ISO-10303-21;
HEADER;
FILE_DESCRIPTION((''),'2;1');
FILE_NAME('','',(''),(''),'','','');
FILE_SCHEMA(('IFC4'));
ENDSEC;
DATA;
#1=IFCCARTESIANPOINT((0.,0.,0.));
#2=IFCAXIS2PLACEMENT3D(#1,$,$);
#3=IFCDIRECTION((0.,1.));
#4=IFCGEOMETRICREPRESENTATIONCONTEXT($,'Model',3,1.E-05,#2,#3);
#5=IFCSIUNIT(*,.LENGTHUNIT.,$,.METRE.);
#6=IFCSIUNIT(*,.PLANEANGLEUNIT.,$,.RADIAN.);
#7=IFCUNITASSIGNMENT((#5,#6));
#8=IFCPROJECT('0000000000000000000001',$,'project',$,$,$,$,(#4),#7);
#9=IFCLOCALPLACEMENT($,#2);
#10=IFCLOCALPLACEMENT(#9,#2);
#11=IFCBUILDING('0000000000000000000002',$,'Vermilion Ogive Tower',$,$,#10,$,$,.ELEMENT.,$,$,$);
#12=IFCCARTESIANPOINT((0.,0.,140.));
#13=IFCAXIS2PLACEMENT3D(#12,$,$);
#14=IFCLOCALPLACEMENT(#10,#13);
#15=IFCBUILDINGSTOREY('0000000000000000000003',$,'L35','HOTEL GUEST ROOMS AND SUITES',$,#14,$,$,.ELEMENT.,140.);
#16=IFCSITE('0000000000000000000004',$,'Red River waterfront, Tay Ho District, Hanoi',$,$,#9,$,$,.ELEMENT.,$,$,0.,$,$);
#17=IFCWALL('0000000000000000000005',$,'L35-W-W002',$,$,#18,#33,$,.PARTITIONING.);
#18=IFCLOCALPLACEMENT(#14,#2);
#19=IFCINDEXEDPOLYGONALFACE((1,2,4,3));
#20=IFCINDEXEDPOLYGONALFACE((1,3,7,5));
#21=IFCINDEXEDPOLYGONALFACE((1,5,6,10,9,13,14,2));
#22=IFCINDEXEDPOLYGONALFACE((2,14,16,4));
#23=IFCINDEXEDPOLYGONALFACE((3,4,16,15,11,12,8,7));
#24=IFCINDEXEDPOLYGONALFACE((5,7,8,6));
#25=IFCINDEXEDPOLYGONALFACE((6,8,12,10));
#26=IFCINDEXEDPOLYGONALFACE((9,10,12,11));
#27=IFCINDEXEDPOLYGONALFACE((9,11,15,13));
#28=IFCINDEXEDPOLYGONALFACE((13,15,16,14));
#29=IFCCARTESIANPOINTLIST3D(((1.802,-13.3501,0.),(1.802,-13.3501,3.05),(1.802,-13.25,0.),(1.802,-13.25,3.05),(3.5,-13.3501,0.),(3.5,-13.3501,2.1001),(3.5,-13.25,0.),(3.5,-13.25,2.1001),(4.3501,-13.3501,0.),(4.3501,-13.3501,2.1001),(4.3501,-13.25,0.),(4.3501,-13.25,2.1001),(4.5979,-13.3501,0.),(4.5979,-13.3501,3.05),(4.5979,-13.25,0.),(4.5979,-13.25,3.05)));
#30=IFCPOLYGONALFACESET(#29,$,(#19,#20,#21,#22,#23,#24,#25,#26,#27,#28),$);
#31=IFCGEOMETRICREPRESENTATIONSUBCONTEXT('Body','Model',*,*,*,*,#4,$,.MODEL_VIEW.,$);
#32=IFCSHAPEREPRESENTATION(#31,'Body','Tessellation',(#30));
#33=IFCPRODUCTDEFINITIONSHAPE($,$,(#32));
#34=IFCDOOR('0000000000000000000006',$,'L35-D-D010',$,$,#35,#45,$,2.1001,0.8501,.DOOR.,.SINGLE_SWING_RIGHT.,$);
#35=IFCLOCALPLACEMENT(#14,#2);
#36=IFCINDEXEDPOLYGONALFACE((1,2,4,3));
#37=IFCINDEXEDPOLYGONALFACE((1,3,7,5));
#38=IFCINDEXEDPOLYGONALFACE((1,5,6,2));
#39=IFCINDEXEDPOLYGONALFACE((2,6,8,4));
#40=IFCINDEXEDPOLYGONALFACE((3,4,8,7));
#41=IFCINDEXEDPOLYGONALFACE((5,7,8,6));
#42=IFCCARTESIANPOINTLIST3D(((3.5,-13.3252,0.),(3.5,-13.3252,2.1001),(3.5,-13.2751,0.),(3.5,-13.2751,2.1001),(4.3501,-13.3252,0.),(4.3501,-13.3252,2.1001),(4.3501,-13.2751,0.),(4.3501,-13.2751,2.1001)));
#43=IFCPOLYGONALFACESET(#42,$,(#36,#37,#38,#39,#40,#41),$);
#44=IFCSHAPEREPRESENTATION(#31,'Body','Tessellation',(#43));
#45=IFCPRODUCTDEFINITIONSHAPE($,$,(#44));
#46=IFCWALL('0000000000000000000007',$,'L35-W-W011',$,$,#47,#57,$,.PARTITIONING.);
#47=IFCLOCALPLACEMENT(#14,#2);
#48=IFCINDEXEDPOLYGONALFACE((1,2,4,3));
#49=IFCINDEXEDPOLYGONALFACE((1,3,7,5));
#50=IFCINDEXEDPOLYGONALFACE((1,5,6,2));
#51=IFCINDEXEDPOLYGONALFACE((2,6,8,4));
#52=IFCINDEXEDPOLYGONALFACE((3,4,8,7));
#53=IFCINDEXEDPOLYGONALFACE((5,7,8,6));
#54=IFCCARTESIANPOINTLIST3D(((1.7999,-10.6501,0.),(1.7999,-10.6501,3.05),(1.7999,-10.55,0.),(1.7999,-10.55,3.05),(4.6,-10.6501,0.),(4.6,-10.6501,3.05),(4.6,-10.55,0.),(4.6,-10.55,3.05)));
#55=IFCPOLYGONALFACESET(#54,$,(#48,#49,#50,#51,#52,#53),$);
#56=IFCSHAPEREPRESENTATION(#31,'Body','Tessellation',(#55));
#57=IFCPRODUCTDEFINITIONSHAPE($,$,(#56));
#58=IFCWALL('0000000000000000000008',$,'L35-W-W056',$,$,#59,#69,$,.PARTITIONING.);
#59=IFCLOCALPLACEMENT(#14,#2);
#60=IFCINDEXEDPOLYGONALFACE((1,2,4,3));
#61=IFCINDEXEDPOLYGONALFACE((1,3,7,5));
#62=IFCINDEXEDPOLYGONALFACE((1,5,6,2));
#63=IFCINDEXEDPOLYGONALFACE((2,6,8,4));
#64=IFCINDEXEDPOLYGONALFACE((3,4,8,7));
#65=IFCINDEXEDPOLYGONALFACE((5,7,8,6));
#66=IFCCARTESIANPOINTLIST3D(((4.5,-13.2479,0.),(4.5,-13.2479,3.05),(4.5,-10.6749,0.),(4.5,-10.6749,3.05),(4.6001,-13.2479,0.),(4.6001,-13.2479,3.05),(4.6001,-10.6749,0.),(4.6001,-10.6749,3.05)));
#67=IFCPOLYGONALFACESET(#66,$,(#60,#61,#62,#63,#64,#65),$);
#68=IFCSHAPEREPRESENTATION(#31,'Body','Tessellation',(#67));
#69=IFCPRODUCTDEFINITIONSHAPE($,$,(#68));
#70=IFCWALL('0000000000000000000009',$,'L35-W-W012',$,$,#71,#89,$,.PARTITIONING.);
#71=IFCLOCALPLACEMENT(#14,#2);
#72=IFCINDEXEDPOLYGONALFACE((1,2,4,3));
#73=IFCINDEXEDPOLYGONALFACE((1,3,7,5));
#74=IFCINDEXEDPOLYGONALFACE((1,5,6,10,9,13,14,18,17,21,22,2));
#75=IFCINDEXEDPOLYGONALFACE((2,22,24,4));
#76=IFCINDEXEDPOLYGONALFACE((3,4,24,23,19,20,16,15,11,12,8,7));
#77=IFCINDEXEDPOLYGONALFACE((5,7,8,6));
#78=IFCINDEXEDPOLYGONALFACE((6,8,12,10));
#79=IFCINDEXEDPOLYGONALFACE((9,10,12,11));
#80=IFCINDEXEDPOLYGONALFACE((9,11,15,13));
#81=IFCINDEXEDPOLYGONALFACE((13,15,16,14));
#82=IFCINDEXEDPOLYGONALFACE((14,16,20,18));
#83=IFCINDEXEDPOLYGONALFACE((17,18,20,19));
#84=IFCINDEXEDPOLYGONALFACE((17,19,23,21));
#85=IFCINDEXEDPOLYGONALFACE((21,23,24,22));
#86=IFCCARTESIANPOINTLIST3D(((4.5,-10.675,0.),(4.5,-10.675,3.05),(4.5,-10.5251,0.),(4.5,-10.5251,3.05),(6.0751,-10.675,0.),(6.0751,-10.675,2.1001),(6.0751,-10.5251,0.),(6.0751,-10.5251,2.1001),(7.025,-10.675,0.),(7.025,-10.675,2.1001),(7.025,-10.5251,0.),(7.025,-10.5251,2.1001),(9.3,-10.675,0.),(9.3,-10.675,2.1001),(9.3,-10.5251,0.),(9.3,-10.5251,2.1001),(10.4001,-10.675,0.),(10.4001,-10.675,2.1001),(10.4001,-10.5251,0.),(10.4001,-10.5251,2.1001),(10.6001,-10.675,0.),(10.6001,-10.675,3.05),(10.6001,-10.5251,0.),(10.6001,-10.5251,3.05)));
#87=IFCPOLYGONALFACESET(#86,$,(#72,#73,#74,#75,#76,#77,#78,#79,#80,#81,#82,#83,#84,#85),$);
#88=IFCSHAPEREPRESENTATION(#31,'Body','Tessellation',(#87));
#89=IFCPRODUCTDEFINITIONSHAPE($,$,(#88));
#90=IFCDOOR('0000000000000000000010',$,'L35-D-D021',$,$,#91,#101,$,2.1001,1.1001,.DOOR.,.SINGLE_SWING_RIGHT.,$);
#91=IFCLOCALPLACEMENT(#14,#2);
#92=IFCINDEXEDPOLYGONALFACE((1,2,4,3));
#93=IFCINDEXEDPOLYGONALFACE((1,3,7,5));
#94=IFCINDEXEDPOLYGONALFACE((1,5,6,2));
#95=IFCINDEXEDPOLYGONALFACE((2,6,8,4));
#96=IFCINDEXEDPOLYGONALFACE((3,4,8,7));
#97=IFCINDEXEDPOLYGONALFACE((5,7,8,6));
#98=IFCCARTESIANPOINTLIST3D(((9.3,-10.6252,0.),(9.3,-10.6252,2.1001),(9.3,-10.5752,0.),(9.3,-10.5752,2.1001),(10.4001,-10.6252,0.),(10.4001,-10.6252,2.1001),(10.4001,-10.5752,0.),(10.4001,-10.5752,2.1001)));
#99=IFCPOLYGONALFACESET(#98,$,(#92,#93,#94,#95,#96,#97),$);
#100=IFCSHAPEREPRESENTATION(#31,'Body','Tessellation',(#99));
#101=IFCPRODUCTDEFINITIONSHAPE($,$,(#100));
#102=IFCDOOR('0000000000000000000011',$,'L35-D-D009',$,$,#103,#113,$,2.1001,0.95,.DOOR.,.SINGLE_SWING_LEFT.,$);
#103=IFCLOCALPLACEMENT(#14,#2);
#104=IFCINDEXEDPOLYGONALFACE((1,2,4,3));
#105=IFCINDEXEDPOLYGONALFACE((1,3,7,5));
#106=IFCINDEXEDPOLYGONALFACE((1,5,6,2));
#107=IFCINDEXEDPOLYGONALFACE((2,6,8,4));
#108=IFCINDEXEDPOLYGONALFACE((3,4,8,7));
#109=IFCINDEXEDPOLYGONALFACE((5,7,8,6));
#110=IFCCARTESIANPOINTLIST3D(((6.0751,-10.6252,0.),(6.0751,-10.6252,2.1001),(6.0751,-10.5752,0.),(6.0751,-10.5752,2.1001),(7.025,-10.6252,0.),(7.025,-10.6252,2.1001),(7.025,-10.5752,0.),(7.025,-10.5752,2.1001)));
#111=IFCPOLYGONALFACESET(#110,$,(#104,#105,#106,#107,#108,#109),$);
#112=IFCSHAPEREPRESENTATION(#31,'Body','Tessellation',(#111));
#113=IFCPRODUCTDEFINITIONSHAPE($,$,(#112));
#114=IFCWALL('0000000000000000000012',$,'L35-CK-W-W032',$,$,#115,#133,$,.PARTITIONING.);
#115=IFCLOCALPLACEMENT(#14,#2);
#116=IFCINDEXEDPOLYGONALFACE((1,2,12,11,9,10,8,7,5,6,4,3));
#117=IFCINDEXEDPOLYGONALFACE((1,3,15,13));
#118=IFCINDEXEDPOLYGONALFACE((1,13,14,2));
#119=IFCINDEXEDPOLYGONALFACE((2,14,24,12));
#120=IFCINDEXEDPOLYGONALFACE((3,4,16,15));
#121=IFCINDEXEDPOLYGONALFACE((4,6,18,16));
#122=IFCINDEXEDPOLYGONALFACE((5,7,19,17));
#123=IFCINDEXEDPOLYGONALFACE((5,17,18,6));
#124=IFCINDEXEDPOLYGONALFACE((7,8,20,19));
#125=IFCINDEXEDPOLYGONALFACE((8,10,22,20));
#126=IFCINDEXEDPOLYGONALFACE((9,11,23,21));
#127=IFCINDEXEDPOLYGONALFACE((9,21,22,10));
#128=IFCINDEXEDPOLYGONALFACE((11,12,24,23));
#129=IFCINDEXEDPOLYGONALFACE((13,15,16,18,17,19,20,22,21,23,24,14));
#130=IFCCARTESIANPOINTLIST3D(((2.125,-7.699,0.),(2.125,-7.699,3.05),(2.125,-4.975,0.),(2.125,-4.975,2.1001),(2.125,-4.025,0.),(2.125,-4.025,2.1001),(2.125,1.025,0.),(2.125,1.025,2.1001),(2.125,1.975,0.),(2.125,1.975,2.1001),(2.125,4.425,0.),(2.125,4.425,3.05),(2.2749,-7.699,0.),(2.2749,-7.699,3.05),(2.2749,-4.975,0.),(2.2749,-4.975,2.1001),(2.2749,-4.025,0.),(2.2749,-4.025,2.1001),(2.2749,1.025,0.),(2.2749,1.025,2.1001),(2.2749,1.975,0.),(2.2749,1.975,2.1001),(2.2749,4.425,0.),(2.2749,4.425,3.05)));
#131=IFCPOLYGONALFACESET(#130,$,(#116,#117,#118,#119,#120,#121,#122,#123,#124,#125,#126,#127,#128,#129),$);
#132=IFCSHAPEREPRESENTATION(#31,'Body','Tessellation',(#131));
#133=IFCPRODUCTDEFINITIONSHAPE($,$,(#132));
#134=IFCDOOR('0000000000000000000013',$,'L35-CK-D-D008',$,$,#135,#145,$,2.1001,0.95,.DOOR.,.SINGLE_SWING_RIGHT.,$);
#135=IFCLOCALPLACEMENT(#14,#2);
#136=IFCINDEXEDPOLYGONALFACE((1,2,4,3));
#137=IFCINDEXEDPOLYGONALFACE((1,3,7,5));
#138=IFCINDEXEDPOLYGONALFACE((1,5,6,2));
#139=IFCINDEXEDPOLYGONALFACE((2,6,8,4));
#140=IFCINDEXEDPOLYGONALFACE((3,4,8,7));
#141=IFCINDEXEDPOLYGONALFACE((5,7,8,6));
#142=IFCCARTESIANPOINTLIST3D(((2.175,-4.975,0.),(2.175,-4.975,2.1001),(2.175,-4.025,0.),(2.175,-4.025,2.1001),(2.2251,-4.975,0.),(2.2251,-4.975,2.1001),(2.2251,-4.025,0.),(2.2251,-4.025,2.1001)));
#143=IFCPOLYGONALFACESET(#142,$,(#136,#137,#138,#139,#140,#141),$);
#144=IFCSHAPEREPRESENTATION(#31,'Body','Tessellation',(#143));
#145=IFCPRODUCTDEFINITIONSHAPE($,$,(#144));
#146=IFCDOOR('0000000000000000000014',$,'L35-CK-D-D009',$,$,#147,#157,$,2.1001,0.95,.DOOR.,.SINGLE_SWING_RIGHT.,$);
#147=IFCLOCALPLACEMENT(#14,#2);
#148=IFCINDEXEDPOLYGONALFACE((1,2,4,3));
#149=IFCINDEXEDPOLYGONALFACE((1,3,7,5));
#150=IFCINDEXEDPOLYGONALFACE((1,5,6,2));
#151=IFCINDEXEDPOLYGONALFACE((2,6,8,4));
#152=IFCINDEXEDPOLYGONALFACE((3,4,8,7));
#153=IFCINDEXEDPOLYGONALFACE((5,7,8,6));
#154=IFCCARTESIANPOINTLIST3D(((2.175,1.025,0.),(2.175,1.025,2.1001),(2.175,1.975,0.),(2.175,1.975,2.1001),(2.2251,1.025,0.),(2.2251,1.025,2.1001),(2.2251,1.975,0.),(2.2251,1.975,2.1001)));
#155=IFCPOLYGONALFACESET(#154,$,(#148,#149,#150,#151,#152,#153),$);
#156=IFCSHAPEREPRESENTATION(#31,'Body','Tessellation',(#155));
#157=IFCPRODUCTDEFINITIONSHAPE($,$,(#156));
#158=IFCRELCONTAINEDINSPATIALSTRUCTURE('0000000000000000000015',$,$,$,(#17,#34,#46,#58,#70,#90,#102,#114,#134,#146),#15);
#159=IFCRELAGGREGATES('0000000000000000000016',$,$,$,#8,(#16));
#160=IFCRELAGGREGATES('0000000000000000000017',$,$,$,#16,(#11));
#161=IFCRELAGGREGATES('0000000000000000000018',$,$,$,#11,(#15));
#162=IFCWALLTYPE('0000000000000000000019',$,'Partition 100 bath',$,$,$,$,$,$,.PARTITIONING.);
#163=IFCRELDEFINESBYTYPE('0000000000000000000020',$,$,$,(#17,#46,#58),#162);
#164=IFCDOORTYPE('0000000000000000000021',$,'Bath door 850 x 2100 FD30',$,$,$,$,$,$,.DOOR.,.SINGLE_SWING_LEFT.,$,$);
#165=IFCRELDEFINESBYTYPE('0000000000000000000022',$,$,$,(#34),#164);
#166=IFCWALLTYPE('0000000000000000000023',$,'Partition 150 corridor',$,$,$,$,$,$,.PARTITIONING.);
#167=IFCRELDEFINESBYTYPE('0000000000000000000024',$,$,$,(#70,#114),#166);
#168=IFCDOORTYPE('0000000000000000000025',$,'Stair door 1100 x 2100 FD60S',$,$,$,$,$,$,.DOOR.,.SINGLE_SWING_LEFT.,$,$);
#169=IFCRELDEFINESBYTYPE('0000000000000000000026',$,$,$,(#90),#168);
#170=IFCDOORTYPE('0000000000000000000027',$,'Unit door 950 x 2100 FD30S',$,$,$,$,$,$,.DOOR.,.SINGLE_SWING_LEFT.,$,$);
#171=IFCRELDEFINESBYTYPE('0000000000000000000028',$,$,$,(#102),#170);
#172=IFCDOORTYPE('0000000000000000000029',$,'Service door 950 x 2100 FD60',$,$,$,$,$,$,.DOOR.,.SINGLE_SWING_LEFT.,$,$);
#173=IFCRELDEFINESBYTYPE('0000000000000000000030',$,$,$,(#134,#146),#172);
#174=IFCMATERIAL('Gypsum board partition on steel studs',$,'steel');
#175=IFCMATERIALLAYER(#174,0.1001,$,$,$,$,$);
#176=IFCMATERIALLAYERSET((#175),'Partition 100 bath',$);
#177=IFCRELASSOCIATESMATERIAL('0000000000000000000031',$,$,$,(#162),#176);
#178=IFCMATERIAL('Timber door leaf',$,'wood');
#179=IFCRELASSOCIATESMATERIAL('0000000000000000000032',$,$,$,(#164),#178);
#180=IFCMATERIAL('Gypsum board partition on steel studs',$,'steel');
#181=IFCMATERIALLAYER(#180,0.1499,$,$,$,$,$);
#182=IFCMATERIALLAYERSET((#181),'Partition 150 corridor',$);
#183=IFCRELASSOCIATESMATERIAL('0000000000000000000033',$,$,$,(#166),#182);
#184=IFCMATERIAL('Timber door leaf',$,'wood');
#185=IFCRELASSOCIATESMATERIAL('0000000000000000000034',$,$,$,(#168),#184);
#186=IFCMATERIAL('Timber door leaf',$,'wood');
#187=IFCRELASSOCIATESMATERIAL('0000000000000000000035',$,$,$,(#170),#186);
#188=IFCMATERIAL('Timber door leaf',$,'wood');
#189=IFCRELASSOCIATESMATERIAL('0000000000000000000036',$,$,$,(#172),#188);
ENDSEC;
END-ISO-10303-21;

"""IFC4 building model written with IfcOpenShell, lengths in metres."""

from ifc_helpers import new_model, si_unit, direction, frame, frame_2d, origin, place, context, subcontext, project, spatial, rectangle, extrude, material, layer, layer_set, type_object, element, fill, save


model = new_model("IFC4")

# Units and contexts
model_context = context("Model", 3, precision=1e-05, world=origin(), true_north=direction((0.0, 1.0)))
body_context = subcontext(model_context, "Body", "Model", "MODEL_VIEW")
ifc_project = project(units=[si_unit("LENGTHUNIT", "METRE"), si_unit("PLANEANGLEUNIT", "RADIAN")], contexts=[model_context])

# Site, building, storey
site_placement = place(None, origin())
site = spatial("IfcSite", under=ifc_project, at=site_placement, Name="Red River waterfront, Tay Ho District, Hanoi", CompositionType="ELEMENT", RefElevation=0.0)
building_placement = place(site_placement, origin())
building = spatial("IfcBuilding", under=site, at=building_placement, Name="Vermilion Ogive Tower", CompositionType="ELEMENT")
storey_placement = place(building_placement, frame((0.0, 0.0, 140.0)))
storey = spatial("IfcBuildingStorey", under=building, at=storey_placement, Name="L35", Description="HOTEL GUEST ROOMS AND SUITES", CompositionType="ELEMENT", Elevation=140.0)

# Wall, opening, door
ifc_material_1 = material(Name="Gypsum board partition on steel studs", Category="steel")
ifc_layer_1 = layer(ifc_material_1, 0.1001)
ifc_layer_set_1 = layer_set([ifc_layer_1], Name="Partition 100 bath")
wall_type_1 = type_object("IfcWallType", Name="Partition 100 bath", PredefinedType="PARTITIONING", material=ifc_layer_set_1)
wall_1_placement = place(storey_placement, frame((1.802, -13.3, 0.0), z_axis=(0.0, 0.0, 1.0), x_axis=(1.0, 0.0, 0.0)))
wall_1 = element("IfcWall", 1, at=wall_1_placement, inside=storey, type_object=wall_type_1, Name="L35-W-W002", PredefinedType="PARTITIONING", context=body_context, shape_type="SweptSolid", body=[
    extrude(rectangle(XDim=2.7959, YDim=0.1001, at=frame_2d((1.3979, 0.0))), origin(), (0.0, 0.0, 1.0), 3.05),
])
opening_1_placement = place(wall_1_placement, frame((1.698, 0.0, 0.0)))
opening_1 = element("IfcOpeningElement", 2, at=opening_1_placement, cuts=wall_1, PredefinedType="OPENING", context=body_context, shape_type="SweptSolid", body=[
    extrude(rectangle(XDim=0.8501, YDim=2.1001, at=frame_2d((0.425, 1.05))), frame((0.0, 0.0601, 0.0), z_axis=(0.0, -1.0, 0.0), x_axis=(1.0, 0.0, 0.0)), (0.0, 0.0, 1.0), 0.1201),
])
ifc_material_2 = material(Name="Timber door leaf", Category="wood")
door_type_1 = type_object("IfcDoorType", Name="Bath door 850 x 2100 FD30", OperationType="SINGLE_SWING_LEFT", PredefinedType="DOOR", material=ifc_material_2)
door_1_placement = place(opening_1_placement, origin())
door_1 = element("IfcDoor", 3, at=door_1_placement, inside=storey, type_object=door_type_1, Name="L35-D-D010", OperationType="SINGLE_SWING_RIGHT", OverallHeight=2.1001, OverallWidth=0.8501, PredefinedType="DOOR", context=body_context, shape_type="SweptSolid", body=[
    extrude(rectangle(XDim=0.8501, YDim=2.1001, at=frame_2d((0.425, 1.05))), frame((0.0, 0.0249, 0.0), z_axis=(0.0, -1.0, 0.0), x_axis=(1.0, 0.0, 0.0)), (0.0, 0.0, 1.0), 0.05),
])
fill(opening_1, door_1)

# Walls
wall_2_placement = place(storey_placement, frame((1.8, -10.6001, 0.0), z_axis=(0.0, 0.0, 1.0), x_axis=(1.0, 0.0, 0.0)))
element("IfcWall", 4, at=wall_2_placement, inside=storey, type_object=wall_type_1, Name="L35-W-W011", PredefinedType="PARTITIONING", context=body_context, shape_type="SweptSolid", body=[
    extrude(rectangle(XDim=2.8, YDim=0.1001, at=frame_2d((1.3999, 0.0))), origin(), (0.0, 0.0, 1.0), 3.05),
])
wall_3_placement = place(storey_placement, frame((4.55, -13.248, 0.0), z_axis=(0.0, 0.0, 1.0), x_axis=(0.0, 1.0, 0.0)))
element("IfcWall", 5, at=wall_3_placement, inside=storey, type_object=wall_type_1, Name="L35-W-W056", PredefinedType="PARTITIONING", context=body_context, shape_type="SweptSolid", body=[
    extrude(rectangle(XDim=2.573, YDim=0.1001, at=frame_2d((1.2866, 0.0))), origin(), (0.0, 0.0, 1.0), 3.05),
])

# Walls, openings, doors
ifc_material_3 = material(Name="Gypsum board partition on steel studs", Category="steel")
ifc_layer_2 = layer(ifc_material_3, 0.1499)
ifc_layer_set_2 = layer_set([ifc_layer_2], Name="Partition 150 corridor")
wall_type_2 = type_object("IfcWallType", Name="Partition 150 corridor", PredefinedType="PARTITIONING", material=ifc_layer_set_2)
wall_4_placement = place(storey_placement, frame((4.5, -10.6001, 0.0), z_axis=(0.0, 0.0, 1.0), x_axis=(1.0, 0.0, 0.0)))
wall_4 = element("IfcWall", 6, at=wall_4_placement, inside=storey, type_object=wall_type_2, Name="L35-W-W012", PredefinedType="PARTITIONING", context=body_context, shape_type="SweptSolid", body=[
    extrude(rectangle(XDim=6.1001, YDim=0.1499, at=frame_2d((3.05, 0.0))), origin(), (0.0, 0.0, 1.0), 3.05),
])
opening_2_placement = place(wall_4_placement, frame((1.575, 0.0, 0.0)))
opening_2 = element("IfcOpeningElement", 7, at=opening_2_placement, cuts=wall_4, PredefinedType="OPENING", context=body_context, shape_type="SweptSolid", body=[
    extrude(rectangle(XDim=0.95, YDim=2.1001, at=frame_2d((0.4751, 1.05))), frame((0.0, 0.085, 0.0), z_axis=(0.0, -1.0, 0.0), x_axis=(1.0, 0.0, 0.0)), (0.0, 0.0, 1.0), 0.1699),
])
opening_3_placement = place(wall_4_placement, frame((4.8, 0.0, 0.0)))
opening_3 = element("IfcOpeningElement", 8, at=opening_3_placement, cuts=wall_4, PredefinedType="OPENING", context=body_context, shape_type="SweptSolid", body=[
    extrude(rectangle(XDim=1.1001, YDim=2.1001, at=frame_2d((0.55, 1.05))), frame((0.0, 0.085, 0.0), z_axis=(0.0, -1.0, 0.0), x_axis=(1.0, 0.0, 0.0)), (0.0, 0.0, 1.0), 0.1699),
])
ifc_material_4 = material(Name="Timber door leaf", Category="wood")
door_type_2 = type_object("IfcDoorType", Name="Stair door 1100 x 2100 FD60S", OperationType="SINGLE_SWING_LEFT", PredefinedType="DOOR", material=ifc_material_4)
door_2_placement = place(opening_3_placement, origin())
door_2 = element("IfcDoor", 9, at=door_2_placement, inside=storey, type_object=door_type_2, Name="L35-D-D021", OperationType="SINGLE_SWING_RIGHT", OverallHeight=2.1001, OverallWidth=1.1001, PredefinedType="DOOR", context=body_context, shape_type="SweptSolid", body=[
    extrude(rectangle(XDim=1.1001, YDim=2.1001, at=frame_2d((0.55, 1.05))), frame((0.0, 0.0249, 0.0), z_axis=(0.0, -1.0, 0.0), x_axis=(1.0, 0.0, 0.0)), (0.0, 0.0, 1.0), 0.05),
])
fill(opening_3, door_2)
ifc_material_5 = material(Name="Timber door leaf", Category="wood")
door_type_3 = type_object("IfcDoorType", Name="Unit door 950 x 2100 FD30S", OperationType="SINGLE_SWING_LEFT", PredefinedType="DOOR", material=ifc_material_5)
door_3_placement = place(opening_2_placement, origin())
door_3 = element("IfcDoor", 10, at=door_3_placement, inside=storey, type_object=door_type_3, Name="L35-D-D009", OperationType="SINGLE_SWING_LEFT", OverallHeight=2.1001, OverallWidth=0.95, PredefinedType="DOOR", context=body_context, shape_type="SweptSolid", body=[
    extrude(rectangle(XDim=0.95, YDim=2.1001, at=frame_2d((0.4751, 1.05))), frame((0.0, 0.0249, 0.0), z_axis=(0.0, -1.0, 0.0), x_axis=(1.0, 0.0, 0.0)), (0.0, 0.0, 1.0), 0.05),
])
fill(opening_2, door_3)
wall_5_placement = place(storey_placement, frame((2.2, -7.699, 0.0), z_axis=(0.0, 0.0, 1.0), x_axis=(0.0, 1.0, 0.0)))
wall_5 = element("IfcWall", 11, at=wall_5_placement, inside=storey, type_object=wall_type_2, Name="L35-CK-W-W032", PredefinedType="PARTITIONING", context=body_context, shape_type="SweptSolid", body=[
    extrude(rectangle(XDim=12.124, YDim=0.1499, at=frame_2d((6.062, 0.0))), origin(), (0.0, 0.0, 1.0), 3.05),
])
opening_4_placement = place(wall_5_placement, frame((2.7239, 0.0, 0.0)))
opening_4 = element("IfcOpeningElement", 12, at=opening_4_placement, cuts=wall_5, PredefinedType="OPENING", context=body_context, shape_type="SweptSolid", body=[
    extrude(rectangle(XDim=0.95, YDim=2.1001, at=frame_2d((0.4751, 1.05))), frame((0.0, 0.085, 0.0), z_axis=(0.0, -1.0, 0.0), x_axis=(1.0, 0.0, 0.0)), (0.0, 0.0, 1.0), 0.1699),
])
opening_5_placement = place(wall_5_placement, frame((8.7239, 0.0, 0.0)))
opening_5 = element("IfcOpeningElement", 13, at=opening_5_placement, cuts=wall_5, PredefinedType="OPENING", context=body_context, shape_type="SweptSolid", body=[
    extrude(rectangle(XDim=0.95, YDim=2.1001, at=frame_2d((0.4751, 1.05))), frame((0.0, 0.085, 0.0), z_axis=(0.0, -1.0, 0.0), x_axis=(1.0, 0.0, 0.0)), (0.0, 0.0, 1.0), 0.1699),
])
ifc_material_6 = material(Name="Timber door leaf", Category="wood")
door_type_4 = type_object("IfcDoorType", Name="Service door 950 x 2100 FD60", OperationType="SINGLE_SWING_LEFT", PredefinedType="DOOR", material=ifc_material_6)
door_4_placement = place(opening_4_placement, origin())
door_4 = element("IfcDoor", 14, at=door_4_placement, inside=storey, type_object=door_type_4, Name="L35-CK-D-D008", OperationType="SINGLE_SWING_RIGHT", OverallHeight=2.1001, OverallWidth=0.95, PredefinedType="DOOR", context=body_context, shape_type="SweptSolid", body=[
    extrude(rectangle(XDim=0.95, YDim=2.1001, at=frame_2d((0.4751, 1.05))), frame((0.0, 0.0249, 0.0), z_axis=(0.0, -1.0, 0.0), x_axis=(1.0, 0.0, 0.0)), (0.0, 0.0, 1.0), 0.05),
])
fill(opening_4, door_4)
door_5_placement = place(opening_5_placement, origin())
door_5 = element("IfcDoor", 15, at=door_5_placement, inside=storey, type_object=door_type_4, Name="L35-CK-D-D009", OperationType="SINGLE_SWING_RIGHT", OverallHeight=2.1001, OverallWidth=0.95, PredefinedType="DOOR", context=body_context, shape_type="SweptSolid", body=[
    extrude(rectangle(XDim=0.95, YDim=2.1001, at=frame_2d((0.4751, 1.05))), frame((0.0, 0.0249, 0.0), z_axis=(0.0, -1.0, 0.0), x_axis=(1.0, 0.0, 0.0)), (0.0, 0.0, 1.0), 0.05),
])
fill(opening_5, door_5)

save(model, "model.ifc")
